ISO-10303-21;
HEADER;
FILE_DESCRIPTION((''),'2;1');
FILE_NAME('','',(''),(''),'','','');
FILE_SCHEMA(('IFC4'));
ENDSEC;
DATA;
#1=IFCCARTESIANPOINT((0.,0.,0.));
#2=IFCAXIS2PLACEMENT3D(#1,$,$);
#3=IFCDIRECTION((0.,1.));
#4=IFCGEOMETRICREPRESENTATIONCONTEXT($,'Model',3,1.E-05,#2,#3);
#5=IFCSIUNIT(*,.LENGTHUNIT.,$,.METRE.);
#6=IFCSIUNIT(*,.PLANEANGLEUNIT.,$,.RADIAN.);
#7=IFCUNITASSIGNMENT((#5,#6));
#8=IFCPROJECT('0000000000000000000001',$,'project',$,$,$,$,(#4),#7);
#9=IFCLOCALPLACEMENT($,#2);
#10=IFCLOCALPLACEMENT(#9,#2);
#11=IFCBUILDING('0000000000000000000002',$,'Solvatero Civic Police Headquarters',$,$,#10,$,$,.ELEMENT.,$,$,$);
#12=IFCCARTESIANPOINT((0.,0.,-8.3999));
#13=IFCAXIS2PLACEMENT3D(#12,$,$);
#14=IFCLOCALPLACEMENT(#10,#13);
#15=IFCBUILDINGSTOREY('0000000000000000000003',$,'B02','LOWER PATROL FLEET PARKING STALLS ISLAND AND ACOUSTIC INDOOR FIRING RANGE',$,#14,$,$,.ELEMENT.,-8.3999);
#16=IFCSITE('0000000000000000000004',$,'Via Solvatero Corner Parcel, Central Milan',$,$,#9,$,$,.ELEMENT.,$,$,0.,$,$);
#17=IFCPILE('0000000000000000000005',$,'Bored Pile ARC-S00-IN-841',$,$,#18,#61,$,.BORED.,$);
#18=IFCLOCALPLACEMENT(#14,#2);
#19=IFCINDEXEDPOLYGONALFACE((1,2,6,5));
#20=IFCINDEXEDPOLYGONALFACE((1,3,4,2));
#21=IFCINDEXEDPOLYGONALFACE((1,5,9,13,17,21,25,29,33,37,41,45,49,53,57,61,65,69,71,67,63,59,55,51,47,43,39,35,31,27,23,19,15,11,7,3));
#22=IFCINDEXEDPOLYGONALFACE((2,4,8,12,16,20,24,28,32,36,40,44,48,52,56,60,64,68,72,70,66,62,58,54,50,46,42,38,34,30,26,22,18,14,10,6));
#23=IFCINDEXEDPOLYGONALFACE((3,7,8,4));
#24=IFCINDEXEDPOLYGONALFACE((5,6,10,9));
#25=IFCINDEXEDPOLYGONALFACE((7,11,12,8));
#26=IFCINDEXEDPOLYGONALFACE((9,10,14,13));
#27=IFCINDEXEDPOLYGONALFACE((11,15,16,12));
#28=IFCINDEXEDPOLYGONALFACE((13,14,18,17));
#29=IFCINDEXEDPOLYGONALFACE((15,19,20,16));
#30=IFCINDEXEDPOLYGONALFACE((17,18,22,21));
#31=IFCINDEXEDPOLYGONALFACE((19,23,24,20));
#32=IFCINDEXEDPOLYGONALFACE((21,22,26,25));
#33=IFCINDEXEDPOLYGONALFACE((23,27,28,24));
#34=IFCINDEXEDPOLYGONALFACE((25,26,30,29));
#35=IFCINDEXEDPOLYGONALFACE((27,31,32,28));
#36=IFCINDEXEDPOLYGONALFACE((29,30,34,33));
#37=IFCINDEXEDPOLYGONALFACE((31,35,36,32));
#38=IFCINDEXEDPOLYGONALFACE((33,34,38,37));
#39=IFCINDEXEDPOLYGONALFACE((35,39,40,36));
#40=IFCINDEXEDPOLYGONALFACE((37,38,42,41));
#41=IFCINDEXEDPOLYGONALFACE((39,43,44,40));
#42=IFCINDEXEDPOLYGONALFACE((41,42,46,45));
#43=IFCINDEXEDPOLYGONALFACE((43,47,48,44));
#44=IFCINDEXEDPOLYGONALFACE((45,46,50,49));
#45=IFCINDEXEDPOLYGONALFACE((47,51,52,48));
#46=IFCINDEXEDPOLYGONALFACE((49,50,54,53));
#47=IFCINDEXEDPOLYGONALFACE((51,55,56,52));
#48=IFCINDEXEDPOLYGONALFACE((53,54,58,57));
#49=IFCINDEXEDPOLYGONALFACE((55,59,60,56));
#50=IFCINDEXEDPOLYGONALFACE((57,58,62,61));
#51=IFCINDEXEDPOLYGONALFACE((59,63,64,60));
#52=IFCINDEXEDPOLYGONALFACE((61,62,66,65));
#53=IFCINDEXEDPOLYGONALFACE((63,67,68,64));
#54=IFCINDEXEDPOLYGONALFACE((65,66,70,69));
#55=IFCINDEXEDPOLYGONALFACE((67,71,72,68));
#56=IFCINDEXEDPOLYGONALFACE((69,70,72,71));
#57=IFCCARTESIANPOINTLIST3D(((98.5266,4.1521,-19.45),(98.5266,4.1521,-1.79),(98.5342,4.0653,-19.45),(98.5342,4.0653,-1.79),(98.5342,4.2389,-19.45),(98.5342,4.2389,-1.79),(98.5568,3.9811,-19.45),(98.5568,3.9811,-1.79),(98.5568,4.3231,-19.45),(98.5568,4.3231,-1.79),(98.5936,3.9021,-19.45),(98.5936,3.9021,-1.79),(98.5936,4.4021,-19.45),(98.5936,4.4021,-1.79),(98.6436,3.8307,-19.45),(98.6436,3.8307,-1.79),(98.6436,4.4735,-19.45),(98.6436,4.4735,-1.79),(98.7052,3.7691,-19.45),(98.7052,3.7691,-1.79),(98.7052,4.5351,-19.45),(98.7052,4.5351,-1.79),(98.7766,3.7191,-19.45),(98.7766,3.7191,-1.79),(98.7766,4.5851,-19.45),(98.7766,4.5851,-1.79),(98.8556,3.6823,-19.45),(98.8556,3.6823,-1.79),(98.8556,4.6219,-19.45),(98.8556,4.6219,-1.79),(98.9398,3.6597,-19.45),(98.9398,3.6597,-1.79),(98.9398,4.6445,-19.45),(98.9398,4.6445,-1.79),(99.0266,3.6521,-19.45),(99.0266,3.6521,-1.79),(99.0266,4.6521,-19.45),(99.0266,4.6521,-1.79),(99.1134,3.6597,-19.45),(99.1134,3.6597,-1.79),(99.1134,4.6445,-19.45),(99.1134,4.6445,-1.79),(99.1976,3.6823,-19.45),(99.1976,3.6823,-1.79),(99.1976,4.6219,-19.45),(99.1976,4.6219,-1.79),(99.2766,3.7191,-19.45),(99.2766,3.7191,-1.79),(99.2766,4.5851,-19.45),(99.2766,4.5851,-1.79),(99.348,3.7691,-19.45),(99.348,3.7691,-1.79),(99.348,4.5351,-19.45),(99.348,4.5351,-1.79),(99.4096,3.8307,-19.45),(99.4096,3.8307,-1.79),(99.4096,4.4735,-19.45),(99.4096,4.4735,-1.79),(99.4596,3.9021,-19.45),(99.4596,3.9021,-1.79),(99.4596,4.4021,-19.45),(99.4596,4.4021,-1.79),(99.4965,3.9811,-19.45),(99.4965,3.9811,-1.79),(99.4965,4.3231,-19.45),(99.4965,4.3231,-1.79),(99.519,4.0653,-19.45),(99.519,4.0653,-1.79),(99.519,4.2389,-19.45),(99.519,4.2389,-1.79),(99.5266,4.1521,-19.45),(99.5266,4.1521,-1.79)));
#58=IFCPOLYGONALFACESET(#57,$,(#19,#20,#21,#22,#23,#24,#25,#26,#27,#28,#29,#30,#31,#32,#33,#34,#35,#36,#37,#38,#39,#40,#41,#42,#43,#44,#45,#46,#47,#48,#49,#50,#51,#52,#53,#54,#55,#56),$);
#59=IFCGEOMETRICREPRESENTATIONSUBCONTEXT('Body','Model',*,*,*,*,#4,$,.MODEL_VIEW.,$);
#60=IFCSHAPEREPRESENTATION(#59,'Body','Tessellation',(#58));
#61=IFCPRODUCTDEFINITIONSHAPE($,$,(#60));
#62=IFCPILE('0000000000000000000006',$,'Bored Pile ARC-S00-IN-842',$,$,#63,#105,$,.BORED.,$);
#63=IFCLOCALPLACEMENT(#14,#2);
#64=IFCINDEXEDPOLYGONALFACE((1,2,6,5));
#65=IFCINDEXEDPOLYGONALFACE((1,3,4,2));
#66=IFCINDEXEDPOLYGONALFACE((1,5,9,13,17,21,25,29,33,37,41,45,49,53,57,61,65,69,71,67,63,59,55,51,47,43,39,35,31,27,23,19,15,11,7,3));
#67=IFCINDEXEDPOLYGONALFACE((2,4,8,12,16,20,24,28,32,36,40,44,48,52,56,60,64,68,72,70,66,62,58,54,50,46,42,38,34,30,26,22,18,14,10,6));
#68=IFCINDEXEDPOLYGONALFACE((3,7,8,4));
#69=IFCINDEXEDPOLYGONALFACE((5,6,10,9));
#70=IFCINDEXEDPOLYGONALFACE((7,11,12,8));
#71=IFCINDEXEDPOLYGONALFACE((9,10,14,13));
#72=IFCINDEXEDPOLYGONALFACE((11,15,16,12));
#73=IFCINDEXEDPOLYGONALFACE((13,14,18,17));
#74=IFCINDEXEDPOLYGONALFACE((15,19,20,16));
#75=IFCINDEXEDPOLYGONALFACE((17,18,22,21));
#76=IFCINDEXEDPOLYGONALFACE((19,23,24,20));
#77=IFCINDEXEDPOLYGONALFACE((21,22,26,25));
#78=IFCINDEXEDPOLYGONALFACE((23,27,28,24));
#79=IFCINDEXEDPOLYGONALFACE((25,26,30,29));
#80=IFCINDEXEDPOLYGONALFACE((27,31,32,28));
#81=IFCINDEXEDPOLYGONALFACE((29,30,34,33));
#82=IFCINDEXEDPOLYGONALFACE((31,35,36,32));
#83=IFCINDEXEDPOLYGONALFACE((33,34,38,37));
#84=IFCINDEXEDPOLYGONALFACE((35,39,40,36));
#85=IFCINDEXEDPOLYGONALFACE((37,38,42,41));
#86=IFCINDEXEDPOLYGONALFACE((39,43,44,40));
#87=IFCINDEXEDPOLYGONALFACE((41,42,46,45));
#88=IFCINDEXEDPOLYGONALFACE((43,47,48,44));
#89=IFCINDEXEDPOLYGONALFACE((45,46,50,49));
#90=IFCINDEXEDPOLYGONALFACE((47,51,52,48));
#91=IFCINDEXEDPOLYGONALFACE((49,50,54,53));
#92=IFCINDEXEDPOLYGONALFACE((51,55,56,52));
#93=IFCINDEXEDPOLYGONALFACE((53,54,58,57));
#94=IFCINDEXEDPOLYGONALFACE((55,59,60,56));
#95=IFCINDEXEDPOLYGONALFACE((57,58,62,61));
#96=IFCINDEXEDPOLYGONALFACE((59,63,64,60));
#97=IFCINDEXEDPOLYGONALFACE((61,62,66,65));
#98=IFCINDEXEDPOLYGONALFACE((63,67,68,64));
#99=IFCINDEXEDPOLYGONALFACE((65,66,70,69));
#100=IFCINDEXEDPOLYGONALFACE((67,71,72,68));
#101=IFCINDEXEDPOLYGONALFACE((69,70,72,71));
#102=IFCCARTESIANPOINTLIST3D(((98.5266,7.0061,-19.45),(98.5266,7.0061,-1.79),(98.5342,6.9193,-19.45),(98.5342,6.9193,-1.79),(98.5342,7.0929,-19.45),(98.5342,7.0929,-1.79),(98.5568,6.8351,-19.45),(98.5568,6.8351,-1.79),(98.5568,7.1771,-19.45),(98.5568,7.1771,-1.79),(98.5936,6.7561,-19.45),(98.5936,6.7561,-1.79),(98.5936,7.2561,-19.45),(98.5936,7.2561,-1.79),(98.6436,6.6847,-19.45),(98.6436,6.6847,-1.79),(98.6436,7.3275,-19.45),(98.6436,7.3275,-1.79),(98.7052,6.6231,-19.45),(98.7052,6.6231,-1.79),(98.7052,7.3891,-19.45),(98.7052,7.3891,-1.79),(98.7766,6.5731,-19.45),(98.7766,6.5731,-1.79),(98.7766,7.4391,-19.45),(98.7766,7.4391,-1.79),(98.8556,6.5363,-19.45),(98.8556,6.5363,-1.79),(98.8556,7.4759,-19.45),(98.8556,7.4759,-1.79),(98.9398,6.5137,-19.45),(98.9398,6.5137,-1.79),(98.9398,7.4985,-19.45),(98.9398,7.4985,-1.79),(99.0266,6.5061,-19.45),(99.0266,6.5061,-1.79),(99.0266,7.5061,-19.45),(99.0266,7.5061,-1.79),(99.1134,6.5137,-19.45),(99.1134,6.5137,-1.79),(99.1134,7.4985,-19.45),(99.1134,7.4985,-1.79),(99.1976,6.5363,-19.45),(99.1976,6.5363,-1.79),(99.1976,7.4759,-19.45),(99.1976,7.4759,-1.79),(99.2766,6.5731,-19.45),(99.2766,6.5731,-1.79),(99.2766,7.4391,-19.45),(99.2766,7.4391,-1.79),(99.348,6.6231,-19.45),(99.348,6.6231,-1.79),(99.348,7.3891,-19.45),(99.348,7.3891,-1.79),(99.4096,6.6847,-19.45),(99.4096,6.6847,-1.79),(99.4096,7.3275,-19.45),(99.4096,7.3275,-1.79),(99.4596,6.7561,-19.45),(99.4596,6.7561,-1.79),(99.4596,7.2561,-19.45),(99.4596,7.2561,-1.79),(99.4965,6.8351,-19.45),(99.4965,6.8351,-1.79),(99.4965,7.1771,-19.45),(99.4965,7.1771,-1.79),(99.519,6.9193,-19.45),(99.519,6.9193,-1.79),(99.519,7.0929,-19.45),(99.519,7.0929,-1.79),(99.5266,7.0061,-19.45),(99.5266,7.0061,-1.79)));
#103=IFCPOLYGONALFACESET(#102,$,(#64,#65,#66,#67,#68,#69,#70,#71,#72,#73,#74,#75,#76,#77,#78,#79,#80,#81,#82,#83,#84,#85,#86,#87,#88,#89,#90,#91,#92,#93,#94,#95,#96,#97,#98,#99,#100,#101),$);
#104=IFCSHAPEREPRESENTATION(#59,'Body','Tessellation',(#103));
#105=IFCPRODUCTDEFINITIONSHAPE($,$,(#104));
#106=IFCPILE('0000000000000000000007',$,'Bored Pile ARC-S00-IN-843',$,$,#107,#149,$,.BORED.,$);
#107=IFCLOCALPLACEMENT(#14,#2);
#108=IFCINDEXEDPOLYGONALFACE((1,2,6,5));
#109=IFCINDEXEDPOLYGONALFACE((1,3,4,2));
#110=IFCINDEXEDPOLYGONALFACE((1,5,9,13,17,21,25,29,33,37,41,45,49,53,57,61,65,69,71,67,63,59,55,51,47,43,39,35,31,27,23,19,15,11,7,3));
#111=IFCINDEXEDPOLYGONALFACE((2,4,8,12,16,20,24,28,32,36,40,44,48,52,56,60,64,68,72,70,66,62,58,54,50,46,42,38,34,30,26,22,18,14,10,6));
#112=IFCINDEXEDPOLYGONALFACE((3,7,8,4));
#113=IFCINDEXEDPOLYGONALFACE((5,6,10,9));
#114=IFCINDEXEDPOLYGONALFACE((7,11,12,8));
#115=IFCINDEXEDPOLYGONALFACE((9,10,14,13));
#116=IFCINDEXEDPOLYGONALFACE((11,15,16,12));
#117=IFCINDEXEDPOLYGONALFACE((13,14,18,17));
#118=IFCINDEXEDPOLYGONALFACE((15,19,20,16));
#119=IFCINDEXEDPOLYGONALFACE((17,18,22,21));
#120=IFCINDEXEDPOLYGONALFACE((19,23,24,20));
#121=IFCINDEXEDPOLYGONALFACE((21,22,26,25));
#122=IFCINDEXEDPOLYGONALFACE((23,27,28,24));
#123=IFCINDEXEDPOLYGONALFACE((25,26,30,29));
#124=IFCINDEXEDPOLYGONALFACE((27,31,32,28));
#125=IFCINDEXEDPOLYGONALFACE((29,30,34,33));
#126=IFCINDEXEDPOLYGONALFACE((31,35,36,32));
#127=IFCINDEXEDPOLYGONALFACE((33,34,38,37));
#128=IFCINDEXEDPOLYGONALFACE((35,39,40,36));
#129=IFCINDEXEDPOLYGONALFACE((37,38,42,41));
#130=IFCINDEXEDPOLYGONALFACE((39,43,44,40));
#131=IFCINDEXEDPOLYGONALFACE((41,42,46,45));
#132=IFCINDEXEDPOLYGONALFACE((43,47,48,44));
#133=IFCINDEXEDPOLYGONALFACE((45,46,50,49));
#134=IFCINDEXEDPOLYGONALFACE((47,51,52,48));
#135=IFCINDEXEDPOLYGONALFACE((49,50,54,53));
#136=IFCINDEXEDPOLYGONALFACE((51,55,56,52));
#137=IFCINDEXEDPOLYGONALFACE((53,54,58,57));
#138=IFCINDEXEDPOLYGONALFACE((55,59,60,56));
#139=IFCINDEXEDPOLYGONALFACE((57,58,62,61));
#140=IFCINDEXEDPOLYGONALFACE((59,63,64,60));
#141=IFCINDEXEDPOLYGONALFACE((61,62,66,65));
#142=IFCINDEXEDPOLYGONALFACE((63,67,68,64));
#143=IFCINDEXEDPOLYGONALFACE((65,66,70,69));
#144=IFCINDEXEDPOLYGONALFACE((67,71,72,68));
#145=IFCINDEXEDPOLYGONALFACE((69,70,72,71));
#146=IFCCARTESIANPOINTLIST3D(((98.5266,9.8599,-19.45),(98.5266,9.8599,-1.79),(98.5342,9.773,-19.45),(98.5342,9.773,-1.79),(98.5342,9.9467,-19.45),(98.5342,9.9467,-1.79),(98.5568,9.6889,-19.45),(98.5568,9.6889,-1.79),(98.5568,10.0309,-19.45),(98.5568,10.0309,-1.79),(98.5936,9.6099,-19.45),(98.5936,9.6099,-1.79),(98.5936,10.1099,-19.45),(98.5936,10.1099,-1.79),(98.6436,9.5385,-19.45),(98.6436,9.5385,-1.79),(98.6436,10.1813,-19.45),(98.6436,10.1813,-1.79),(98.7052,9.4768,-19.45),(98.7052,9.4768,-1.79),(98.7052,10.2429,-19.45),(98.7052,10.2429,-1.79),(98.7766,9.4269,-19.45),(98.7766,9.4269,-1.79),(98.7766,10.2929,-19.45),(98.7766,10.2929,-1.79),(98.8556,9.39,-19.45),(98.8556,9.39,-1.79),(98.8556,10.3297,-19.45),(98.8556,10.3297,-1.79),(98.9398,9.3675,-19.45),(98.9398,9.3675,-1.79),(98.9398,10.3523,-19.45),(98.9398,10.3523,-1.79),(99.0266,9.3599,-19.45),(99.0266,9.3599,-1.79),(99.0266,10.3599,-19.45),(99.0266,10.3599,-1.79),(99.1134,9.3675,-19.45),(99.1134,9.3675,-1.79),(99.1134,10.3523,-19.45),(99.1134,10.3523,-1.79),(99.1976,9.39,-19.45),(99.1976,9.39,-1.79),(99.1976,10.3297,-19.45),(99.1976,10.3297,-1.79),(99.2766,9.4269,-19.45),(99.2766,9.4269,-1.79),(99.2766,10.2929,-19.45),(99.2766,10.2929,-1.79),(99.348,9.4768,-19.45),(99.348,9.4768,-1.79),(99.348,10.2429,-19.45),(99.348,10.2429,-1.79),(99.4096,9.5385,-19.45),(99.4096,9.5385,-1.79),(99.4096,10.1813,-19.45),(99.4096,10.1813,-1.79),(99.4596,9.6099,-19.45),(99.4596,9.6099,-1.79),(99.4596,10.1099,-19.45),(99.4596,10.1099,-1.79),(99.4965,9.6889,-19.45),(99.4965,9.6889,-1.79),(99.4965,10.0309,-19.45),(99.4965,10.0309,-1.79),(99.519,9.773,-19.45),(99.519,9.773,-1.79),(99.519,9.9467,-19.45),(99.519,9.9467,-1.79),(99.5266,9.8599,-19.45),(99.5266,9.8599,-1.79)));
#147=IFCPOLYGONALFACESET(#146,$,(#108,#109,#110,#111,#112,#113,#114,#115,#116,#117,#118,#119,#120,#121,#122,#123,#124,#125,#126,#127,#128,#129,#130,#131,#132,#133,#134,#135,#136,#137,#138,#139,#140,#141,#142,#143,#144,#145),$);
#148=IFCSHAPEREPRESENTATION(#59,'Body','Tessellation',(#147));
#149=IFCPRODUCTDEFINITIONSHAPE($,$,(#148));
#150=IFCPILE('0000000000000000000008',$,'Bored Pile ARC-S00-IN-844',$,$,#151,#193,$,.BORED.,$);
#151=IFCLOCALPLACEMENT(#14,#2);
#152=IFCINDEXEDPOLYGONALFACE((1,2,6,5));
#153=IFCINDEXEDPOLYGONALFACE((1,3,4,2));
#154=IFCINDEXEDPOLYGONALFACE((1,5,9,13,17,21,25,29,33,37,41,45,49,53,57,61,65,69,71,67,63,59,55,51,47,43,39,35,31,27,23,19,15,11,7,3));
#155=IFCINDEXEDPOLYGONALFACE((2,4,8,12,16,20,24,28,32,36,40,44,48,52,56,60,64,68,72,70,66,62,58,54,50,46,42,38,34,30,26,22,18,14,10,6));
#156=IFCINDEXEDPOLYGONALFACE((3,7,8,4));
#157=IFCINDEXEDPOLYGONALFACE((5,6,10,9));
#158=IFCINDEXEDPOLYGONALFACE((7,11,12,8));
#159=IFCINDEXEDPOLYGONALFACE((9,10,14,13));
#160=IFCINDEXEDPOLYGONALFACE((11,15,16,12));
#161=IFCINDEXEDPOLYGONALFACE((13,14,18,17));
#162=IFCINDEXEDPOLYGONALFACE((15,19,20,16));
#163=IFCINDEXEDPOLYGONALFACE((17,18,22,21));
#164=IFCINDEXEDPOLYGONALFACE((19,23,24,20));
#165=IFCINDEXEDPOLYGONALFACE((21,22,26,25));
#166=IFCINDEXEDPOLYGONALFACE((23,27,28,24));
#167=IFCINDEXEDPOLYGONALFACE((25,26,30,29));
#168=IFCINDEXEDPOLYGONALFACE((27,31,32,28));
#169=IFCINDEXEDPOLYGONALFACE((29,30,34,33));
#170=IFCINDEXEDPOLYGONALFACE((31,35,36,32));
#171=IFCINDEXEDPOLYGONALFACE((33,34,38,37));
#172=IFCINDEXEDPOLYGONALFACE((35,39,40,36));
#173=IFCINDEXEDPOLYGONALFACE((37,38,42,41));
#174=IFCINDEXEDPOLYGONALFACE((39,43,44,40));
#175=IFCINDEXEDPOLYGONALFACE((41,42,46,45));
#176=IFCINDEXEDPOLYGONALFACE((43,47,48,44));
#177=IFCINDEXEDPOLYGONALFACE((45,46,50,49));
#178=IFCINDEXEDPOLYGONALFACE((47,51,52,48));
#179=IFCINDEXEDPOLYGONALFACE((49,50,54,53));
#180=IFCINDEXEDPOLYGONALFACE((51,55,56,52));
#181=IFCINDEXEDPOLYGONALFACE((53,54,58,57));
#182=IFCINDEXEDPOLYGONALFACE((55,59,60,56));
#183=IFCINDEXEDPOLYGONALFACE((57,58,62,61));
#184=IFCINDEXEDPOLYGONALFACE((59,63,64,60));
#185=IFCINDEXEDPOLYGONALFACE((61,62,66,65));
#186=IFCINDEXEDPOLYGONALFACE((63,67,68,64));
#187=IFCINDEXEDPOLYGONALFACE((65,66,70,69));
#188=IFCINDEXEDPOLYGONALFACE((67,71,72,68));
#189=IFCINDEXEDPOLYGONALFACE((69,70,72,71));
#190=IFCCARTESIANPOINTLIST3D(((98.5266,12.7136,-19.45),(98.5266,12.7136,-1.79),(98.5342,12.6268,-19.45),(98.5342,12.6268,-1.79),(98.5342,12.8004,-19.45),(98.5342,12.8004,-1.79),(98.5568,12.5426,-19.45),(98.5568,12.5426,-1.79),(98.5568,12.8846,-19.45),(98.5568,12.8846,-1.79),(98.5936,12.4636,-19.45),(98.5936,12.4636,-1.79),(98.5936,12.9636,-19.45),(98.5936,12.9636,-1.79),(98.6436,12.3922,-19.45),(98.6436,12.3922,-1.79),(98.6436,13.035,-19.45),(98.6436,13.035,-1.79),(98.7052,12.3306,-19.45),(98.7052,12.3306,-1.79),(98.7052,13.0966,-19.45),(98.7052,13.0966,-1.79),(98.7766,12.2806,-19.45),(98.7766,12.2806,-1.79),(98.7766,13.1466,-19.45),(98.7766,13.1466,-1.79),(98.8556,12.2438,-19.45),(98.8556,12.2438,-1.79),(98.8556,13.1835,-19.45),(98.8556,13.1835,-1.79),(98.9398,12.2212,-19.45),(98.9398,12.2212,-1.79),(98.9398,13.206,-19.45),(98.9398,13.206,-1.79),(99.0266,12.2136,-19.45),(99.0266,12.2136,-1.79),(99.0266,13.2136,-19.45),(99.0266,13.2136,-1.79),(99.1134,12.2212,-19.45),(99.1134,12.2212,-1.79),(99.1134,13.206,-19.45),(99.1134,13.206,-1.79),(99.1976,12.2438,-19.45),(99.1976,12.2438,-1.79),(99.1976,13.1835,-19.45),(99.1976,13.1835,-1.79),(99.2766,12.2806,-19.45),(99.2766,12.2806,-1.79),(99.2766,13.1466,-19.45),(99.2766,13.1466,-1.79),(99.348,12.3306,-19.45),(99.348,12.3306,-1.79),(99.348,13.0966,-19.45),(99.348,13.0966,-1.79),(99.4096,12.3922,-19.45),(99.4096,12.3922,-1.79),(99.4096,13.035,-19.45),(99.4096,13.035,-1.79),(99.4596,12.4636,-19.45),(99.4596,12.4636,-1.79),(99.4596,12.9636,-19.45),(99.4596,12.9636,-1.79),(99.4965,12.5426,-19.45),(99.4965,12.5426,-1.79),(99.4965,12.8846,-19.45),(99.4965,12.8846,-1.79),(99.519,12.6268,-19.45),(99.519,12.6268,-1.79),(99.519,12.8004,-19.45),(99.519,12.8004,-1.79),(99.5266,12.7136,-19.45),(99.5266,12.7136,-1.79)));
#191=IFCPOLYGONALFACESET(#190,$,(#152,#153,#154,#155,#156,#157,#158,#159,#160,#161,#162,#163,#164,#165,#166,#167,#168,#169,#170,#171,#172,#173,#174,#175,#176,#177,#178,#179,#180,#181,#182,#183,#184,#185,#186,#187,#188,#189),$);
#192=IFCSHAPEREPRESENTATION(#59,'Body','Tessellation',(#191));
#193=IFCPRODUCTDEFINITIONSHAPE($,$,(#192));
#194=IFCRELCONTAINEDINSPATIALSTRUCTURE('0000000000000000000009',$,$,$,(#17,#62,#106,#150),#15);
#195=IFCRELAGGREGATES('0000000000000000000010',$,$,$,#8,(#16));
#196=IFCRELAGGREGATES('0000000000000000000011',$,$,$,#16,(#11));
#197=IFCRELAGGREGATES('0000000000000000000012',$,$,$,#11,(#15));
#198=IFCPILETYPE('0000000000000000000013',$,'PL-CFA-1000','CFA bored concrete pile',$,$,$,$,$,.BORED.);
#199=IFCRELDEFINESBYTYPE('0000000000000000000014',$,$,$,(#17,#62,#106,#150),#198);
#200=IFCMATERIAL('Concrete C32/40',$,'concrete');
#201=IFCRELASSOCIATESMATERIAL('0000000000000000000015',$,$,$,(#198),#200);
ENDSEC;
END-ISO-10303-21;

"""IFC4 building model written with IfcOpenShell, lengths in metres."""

from ifc_helpers import new_model, si_unit, direction, frame, origin, origin_2d, place, context, subcontext, project, spatial, circle, extrude, material, material_profile, profile_set, type_object, element, save


model = new_model("IFC4")

# Units and contexts
model_context = context("Model", 3, precision=1e-05, world=origin(), true_north=direction((0.0, 1.0)))
body_context = subcontext(model_context, "Body", "Model", "MODEL_VIEW")
ifc_project = project(units=[si_unit("LENGTHUNIT", "METRE"), si_unit("PLANEANGLEUNIT", "RADIAN")], contexts=[model_context])

# Site, building, storey
site_placement = place(None, origin())
site = spatial("IfcSite", under=ifc_project, at=site_placement, Name="Via Solvatero Corner Parcel, Central Milan", CompositionType="ELEMENT", RefElevation=0.0)
building_placement = place(site_placement, origin())
building = spatial("IfcBuilding", under=site, at=building_placement, Name="Solvatero Civic Police Headquarters", CompositionType="ELEMENT")
storey_placement = place(building_placement, frame((0.0, 0.0, -8.3999)))
storey = spatial("IfcBuildingStorey", under=building, at=storey_placement, Name="B02", Description="LOWER PATROL FLEET PARKING STALLS ISLAND AND ACOUSTIC INDOOR FIRING RANGE", CompositionType="ELEMENT", Elevation=-8.3999)

# Piles
ifc_material_1 = material(Name="Concrete C32/40", Category="concrete")
ifc_material_profile_1 = material_profile(ifc_material_1, circle(Radius=0.5, at=origin_2d()), Name="CFA PILE D1000")
ifc_profile_set_1 = profile_set([ifc_material_profile_1], Name="Concrete C32/40")
pile_type = type_object("IfcPileType", Name="PL-CFA-1000", Description="CFA bored concrete pile", PredefinedType="BORED", material=ifc_profile_set_1)
for number, where, z_axis, x_axis, name in (
    (1, (99.0266, 4.1521, -1.79), (0.0, 0.0, -1.0), (1.0, 0.0, 0.0), "Bored Pile ARC-S00-IN-841"),
    (2, (99.0266, 7.0061, -1.79), (0.0, 0.0, -1.0), (1.0, 0.0, 0.0), "Bored Pile ARC-S00-IN-842"),
    (3, (99.0266, 9.8599, -1.79), (0.0, 0.0, -1.0), (1.0, 0.0, 0.0), "Bored Pile ARC-S00-IN-843"),
    (4, (99.0266, 12.7136, -1.79), (0.0, 0.0, -1.0), (1.0, 0.0, 0.0), "Bored Pile ARC-S00-IN-844"),
):
    element("IfcPile", number, at=place(storey_placement, frame(where, z_axis=z_axis, x_axis=x_axis)), inside=storey, type_object=pile_type, Name=name, PredefinedType="BORED", context=body_context, shape_type="SweptSolid", body=[
        extrude(circle(Radius=0.5, at=origin_2d()), origin(), (0.0, 0.0, 1.0), 17.6599),
    ])

save(model, "model.ifc")
